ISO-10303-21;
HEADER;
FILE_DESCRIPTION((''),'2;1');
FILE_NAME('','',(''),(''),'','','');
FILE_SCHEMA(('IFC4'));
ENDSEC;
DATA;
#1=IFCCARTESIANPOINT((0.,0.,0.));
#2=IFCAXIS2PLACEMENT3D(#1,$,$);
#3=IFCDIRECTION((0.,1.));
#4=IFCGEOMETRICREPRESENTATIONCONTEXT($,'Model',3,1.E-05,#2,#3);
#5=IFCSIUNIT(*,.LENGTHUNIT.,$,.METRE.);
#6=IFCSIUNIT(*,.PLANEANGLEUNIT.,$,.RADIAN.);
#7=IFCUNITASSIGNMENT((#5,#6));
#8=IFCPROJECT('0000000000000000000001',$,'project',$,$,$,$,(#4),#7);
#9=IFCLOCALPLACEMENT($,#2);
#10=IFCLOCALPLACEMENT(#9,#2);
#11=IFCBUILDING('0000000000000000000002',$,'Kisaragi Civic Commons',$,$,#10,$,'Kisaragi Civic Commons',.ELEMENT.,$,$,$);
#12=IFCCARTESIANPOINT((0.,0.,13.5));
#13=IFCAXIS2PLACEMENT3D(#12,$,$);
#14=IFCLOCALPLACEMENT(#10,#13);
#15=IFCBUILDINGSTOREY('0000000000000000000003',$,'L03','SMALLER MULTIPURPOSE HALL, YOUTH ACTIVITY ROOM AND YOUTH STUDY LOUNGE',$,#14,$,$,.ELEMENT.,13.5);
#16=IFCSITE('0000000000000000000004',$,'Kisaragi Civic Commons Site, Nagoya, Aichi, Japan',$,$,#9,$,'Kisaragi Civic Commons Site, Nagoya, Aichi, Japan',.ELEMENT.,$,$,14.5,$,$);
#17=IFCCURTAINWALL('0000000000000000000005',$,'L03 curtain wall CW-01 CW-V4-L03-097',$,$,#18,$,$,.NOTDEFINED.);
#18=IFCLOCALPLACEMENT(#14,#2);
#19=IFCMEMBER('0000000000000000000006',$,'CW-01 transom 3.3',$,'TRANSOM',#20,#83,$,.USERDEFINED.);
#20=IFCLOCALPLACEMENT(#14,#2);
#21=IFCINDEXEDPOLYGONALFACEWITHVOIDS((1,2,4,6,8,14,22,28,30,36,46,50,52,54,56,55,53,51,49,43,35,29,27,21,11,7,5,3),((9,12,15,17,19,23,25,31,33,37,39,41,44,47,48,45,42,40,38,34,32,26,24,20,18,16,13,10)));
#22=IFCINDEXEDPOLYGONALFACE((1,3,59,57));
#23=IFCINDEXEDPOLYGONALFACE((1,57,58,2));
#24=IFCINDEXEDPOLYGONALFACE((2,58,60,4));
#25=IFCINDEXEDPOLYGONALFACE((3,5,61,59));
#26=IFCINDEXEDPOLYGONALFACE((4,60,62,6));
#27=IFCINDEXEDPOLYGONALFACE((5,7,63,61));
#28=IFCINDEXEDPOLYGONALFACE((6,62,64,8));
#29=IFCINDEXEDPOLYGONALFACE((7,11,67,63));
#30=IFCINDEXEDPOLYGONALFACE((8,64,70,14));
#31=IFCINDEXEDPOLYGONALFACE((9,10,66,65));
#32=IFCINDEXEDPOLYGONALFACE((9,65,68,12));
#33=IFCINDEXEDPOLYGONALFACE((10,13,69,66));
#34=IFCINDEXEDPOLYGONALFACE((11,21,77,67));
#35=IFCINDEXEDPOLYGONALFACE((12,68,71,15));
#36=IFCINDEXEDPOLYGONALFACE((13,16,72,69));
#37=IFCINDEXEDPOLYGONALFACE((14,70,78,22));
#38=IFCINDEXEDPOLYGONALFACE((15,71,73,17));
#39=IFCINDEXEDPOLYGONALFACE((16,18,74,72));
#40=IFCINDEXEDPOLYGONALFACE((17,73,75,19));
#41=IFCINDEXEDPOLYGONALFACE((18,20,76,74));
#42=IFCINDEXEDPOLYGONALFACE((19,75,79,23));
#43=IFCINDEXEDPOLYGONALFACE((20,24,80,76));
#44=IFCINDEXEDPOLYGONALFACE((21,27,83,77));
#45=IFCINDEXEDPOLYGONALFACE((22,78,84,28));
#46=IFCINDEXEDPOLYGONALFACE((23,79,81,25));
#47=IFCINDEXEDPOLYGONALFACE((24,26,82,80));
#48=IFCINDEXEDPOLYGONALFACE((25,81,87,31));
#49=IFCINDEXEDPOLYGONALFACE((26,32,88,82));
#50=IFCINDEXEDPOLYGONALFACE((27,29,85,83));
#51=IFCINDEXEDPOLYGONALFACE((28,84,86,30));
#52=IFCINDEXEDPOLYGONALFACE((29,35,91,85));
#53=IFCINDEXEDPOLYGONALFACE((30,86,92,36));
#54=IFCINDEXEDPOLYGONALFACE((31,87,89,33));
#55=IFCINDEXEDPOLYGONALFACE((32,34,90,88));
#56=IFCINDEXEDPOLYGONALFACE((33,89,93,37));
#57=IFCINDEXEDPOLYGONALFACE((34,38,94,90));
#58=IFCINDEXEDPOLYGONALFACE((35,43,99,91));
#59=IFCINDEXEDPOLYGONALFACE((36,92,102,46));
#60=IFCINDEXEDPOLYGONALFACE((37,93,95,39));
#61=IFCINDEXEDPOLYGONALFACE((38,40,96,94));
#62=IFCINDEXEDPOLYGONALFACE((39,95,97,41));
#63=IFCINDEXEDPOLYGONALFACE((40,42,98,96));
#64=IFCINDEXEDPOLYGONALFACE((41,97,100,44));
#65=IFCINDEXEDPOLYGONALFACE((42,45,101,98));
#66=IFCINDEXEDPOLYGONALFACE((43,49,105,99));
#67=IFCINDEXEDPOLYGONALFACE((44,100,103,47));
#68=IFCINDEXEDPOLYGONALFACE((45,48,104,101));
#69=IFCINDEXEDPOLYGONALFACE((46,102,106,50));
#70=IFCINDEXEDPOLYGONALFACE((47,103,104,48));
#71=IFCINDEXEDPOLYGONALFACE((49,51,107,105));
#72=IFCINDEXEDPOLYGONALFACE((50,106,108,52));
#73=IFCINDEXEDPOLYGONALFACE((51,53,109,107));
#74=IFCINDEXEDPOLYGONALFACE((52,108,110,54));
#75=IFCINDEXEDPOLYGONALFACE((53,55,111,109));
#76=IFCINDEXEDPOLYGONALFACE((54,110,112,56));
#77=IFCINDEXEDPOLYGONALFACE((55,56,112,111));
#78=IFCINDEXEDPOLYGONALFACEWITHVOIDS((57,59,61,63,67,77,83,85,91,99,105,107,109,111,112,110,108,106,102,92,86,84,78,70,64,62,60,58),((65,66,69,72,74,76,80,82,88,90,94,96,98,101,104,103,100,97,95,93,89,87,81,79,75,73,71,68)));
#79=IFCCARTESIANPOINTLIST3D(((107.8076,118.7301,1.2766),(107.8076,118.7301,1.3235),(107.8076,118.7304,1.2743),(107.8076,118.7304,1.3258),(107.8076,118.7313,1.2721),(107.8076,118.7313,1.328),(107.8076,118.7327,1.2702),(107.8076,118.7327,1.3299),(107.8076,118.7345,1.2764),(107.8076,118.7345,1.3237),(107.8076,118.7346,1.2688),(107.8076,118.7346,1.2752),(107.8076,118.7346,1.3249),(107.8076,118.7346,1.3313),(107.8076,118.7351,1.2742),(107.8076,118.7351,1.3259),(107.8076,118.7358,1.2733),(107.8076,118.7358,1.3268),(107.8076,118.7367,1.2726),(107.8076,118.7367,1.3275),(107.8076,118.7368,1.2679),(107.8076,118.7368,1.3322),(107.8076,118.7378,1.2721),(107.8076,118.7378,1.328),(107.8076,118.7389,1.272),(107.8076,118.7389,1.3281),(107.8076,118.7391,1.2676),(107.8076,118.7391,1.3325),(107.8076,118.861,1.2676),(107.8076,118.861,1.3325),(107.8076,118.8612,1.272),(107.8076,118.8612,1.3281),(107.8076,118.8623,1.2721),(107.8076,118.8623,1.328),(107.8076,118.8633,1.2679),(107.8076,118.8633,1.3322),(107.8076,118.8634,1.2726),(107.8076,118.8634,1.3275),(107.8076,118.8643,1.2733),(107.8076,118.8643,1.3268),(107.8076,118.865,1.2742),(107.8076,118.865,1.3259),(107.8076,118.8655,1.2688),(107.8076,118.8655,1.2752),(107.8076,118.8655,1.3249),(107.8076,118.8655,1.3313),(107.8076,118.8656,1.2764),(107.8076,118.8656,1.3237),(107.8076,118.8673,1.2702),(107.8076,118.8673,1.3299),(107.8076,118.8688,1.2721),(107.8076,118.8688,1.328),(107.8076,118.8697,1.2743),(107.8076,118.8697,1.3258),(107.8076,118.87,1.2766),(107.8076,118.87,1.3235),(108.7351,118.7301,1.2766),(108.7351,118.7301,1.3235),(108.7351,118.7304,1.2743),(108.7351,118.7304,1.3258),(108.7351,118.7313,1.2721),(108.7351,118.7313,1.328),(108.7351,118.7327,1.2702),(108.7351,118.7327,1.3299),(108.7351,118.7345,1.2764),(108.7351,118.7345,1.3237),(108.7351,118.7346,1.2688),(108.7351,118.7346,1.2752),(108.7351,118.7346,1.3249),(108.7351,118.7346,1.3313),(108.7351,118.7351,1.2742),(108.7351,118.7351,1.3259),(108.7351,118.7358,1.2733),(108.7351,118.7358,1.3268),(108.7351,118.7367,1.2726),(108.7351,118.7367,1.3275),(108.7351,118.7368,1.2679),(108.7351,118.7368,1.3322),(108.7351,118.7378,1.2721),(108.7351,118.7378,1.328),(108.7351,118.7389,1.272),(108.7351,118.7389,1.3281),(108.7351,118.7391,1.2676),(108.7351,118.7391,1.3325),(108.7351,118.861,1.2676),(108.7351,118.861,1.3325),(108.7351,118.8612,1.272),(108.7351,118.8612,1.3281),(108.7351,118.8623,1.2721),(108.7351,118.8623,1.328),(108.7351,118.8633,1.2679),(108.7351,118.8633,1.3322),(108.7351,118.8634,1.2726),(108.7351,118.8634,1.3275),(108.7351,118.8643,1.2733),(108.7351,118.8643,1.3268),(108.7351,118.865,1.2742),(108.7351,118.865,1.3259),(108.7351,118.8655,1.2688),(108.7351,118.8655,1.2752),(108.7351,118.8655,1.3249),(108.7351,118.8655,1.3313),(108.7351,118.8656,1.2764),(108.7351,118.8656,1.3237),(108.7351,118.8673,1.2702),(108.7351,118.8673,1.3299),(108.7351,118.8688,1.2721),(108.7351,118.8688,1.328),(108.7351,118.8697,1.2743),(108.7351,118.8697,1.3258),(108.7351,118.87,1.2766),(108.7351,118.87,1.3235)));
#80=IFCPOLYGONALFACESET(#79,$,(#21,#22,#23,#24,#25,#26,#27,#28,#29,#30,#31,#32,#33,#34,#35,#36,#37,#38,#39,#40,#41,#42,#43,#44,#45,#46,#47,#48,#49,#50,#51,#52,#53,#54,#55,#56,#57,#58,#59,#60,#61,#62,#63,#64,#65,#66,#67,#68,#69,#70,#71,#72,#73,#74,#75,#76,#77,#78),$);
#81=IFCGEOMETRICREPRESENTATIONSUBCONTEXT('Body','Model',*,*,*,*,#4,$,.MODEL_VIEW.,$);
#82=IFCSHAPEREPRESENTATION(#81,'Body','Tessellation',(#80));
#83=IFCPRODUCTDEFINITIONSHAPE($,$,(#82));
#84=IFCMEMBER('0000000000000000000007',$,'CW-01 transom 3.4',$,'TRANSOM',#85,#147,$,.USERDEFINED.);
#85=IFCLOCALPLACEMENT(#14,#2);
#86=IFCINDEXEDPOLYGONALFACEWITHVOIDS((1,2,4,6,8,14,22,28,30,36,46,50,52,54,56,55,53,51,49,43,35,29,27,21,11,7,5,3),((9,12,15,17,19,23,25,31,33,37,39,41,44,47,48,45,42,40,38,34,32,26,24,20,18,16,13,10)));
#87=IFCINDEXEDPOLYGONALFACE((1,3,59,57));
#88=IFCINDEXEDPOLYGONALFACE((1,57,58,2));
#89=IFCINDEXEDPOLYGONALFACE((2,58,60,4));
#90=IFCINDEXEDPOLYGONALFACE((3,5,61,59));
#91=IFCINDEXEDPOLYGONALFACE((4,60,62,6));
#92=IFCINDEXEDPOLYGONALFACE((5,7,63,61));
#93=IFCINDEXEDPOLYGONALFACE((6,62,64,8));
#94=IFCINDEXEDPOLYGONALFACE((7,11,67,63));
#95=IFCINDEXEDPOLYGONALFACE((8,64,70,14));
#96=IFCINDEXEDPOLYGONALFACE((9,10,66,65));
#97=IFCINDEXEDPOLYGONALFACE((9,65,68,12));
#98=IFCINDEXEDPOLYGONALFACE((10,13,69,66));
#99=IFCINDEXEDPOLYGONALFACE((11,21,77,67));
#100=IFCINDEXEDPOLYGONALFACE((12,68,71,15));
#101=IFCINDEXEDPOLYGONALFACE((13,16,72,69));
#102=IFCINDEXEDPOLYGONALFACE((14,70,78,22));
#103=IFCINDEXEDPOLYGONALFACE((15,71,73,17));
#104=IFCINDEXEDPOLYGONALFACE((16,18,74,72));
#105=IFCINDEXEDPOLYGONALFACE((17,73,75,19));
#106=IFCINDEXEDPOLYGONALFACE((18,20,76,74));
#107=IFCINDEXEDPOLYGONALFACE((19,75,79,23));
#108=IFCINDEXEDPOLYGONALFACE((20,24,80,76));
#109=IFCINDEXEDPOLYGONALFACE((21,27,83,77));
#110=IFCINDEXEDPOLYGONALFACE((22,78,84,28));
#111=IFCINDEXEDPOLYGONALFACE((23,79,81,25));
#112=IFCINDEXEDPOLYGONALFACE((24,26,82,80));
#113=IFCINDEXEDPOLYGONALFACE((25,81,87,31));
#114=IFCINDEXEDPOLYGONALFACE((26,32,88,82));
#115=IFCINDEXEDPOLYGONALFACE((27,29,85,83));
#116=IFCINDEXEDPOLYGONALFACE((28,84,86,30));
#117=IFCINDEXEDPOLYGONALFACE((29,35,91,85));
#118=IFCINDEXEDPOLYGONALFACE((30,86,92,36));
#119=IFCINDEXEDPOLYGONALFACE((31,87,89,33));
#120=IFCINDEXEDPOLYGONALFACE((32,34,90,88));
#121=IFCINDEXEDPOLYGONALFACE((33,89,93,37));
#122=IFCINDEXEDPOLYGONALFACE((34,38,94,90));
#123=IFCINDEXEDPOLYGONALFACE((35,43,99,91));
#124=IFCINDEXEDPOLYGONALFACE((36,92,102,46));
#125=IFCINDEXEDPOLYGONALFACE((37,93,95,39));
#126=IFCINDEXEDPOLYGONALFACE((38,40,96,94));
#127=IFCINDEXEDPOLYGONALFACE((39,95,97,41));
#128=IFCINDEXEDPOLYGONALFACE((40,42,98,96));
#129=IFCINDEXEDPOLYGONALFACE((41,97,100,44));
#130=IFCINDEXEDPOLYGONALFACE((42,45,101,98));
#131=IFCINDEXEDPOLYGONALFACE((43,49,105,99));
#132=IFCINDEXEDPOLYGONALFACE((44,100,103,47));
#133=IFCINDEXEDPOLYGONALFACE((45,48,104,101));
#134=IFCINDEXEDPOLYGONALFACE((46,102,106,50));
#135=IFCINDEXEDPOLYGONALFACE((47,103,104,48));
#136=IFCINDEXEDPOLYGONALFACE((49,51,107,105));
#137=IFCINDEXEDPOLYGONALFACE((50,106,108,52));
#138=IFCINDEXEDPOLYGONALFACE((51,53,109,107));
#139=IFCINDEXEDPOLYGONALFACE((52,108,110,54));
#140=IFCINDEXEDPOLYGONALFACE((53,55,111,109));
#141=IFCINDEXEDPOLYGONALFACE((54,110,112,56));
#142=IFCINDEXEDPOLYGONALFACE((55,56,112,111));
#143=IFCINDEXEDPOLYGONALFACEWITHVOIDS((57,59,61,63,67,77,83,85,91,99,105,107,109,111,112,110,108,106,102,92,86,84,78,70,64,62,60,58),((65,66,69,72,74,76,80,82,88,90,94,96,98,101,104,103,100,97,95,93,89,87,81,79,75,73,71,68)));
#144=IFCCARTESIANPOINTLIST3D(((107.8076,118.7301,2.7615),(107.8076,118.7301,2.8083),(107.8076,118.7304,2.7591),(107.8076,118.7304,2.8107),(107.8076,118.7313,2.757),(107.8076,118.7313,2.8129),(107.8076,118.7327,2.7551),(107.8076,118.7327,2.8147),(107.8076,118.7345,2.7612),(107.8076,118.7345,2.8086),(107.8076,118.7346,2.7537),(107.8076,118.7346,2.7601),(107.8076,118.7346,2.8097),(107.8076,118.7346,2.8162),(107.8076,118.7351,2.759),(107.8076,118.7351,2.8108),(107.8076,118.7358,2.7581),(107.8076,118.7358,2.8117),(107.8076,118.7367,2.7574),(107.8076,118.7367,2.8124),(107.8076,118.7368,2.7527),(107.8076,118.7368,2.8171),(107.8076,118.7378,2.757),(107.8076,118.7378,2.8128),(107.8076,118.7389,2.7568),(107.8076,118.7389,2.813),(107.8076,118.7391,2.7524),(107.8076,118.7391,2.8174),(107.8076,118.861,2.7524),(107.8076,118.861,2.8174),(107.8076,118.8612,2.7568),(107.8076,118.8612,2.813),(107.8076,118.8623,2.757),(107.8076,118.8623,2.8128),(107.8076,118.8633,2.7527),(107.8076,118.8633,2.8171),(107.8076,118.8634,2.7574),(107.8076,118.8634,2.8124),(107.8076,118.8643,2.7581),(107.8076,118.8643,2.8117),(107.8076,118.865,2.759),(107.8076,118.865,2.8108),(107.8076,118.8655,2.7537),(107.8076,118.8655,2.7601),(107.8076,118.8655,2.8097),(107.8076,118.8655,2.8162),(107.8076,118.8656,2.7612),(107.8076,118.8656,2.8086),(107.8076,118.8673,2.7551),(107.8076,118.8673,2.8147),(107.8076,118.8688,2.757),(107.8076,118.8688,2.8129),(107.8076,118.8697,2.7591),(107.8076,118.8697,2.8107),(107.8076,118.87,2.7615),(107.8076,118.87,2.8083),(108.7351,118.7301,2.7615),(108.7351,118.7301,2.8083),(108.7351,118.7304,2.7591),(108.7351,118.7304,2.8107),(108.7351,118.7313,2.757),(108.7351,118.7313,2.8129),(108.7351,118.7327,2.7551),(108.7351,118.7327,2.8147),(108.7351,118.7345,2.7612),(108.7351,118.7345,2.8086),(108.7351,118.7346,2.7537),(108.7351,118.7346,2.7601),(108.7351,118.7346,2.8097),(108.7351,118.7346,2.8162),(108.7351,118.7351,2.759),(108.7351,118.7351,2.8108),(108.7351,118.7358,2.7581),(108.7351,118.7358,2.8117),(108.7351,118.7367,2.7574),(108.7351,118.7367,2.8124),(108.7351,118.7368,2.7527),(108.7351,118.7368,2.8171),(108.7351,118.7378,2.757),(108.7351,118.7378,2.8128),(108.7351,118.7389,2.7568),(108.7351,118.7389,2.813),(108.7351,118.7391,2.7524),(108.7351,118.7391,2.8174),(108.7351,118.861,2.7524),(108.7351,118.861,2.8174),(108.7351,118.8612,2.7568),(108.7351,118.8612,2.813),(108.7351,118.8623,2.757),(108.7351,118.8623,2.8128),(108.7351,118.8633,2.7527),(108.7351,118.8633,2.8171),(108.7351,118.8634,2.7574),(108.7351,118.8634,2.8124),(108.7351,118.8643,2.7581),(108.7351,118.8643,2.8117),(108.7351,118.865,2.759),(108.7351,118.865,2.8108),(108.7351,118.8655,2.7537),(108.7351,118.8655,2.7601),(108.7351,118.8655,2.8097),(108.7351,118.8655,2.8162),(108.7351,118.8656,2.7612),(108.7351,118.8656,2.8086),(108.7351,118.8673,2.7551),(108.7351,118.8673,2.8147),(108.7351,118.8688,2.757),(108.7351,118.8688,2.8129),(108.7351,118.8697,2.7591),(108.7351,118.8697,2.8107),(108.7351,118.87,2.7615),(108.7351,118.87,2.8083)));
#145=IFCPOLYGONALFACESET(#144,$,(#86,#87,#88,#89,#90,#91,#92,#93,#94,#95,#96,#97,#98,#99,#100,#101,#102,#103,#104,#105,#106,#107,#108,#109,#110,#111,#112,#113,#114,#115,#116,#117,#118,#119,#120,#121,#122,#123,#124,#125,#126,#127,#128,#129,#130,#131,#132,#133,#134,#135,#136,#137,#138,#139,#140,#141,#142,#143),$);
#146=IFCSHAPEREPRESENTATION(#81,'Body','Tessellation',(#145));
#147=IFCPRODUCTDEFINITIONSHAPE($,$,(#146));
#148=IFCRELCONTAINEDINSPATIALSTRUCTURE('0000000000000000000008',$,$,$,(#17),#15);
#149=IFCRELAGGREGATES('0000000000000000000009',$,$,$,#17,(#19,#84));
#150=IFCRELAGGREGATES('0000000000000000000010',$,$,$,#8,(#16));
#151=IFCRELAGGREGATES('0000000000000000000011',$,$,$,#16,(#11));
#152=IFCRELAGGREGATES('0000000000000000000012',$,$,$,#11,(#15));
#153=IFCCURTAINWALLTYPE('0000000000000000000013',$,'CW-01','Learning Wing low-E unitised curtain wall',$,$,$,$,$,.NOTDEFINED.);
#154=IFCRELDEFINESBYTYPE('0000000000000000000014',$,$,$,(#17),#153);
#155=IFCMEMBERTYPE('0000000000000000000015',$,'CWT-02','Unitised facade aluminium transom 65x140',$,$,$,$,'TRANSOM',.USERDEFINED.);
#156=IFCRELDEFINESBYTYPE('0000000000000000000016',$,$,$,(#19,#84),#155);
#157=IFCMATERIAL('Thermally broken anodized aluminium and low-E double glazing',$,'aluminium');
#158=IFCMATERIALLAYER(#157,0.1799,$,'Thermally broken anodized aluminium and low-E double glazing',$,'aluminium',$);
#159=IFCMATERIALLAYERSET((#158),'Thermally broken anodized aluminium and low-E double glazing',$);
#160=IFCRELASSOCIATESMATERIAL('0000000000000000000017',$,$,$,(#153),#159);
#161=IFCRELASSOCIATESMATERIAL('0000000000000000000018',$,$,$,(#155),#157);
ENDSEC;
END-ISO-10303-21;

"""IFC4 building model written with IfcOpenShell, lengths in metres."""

from ifc_helpers import new_model, si_unit, direction, frame, origin, origin_2d, place, context, subcontext, project, spatial, hollow_rectangle, extrude, material, layer, layer_set, material_profile, profile_set, type_object, element, aggregate, save


model = new_model("IFC4")

# Units and contexts
model_context = context("Model", 3, precision=1e-05, world=origin(), true_north=direction((0.0, 1.0)))
body_context = subcontext(model_context, "Body", "Model", "MODEL_VIEW")
ifc_project = project(units=[si_unit("LENGTHUNIT", "METRE"), si_unit("PLANEANGLEUNIT", "RADIAN")], contexts=[model_context])

# Site, building, storey
site_placement = place(None, origin())
site = spatial("IfcSite", under=ifc_project, at=site_placement, Name="Kisaragi Civic Commons Site, Nagoya, Aichi, Japan", LongName="Kisaragi Civic Commons Site, Nagoya, Aichi, Japan", CompositionType="ELEMENT", RefElevation=14.5)
building_placement = place(site_placement, origin())
building = spatial("IfcBuilding", under=site, at=building_placement, Name="Kisaragi Civic Commons", LongName="Kisaragi Civic Commons", CompositionType="ELEMENT")
storey_placement = place(building_placement, frame((0.0, 0.0, 13.5)))
storey = spatial("IfcBuildingStorey", under=building, at=storey_placement, Name="L03", Description="SMALLER MULTIPURPOSE HALL, YOUTH ACTIVITY ROOM AND YOUTH STUDY LOUNGE", CompositionType="ELEMENT", Elevation=13.5)

# Curtain wall
ifc_material = material(Name="Thermally broken anodized aluminium and low-E double glazing", Category="aluminium")
ifc_layer_1 = layer(ifc_material, 0.1799, Name="Thermally broken anodized aluminium and low-E double glazing", Category="aluminium")
ifc_layer_set_1 = layer_set([ifc_layer_1], Name="Thermally broken anodized aluminium and low-E double glazing")
curtain_wall_type = type_object("IfcCurtainWallType", Name="CW-01", Description="Learning Wing low-E unitised curtain wall", PredefinedType="NOTDEFINED", material=ifc_layer_set_1)
curtain_wall_1_placement = place(storey_placement, origin())
curtain_wall_1 = element("IfcCurtainWall", 1, at=curtain_wall_1_placement, inside=storey, type_object=curtain_wall_type, Name="L03 curtain wall CW-01 CW-V4-L03-097", PredefinedType="NOTDEFINED")

# Members
ifc_material_profile_1 = material_profile(ifc_material, hollow_rectangle(XDim=0.1399, YDim=0.0649, WallThickness=0.0044, InnerFilletRadius=0.0044, OuterFilletRadius=0.009, at=origin_2d()), Name="CWT-65x140x4.5", Category="aluminium")
ifc_profile_set_1 = profile_set([ifc_material_profile_1], Name="Thermally broken anodized aluminium and low-E double glazing")
member_type_1 = type_object("IfcMemberType", Name="CWT-02", Description="Unitised facade aluminium transom 65x140", ElementType="TRANSOM", PredefinedType="USERDEFINED", material=ifc_profile_set_1)
member_1_placement = place(storey_placement, frame((107.8076, 118.8, 1.3), z_axis=(1.0, 0.0, 0.0), x_axis=(0.0, 1.0, 0.0)))
member_1 = element("IfcMember", 2, at=member_1_placement, type_object=member_type_1, Name="CW-01 transom 3.3", ObjectType="TRANSOM", PredefinedType="USERDEFINED", context=body_context, shape_type="SweptSolid", body=[
    extrude(hollow_rectangle(XDim=0.1399, YDim=0.0649, WallThickness=0.0044, InnerFilletRadius=0.0044, OuterFilletRadius=0.009, at=origin_2d()), origin(), (0.0, 0.0, 1.0), 0.9275),
])
member_2_placement = place(storey_placement, frame((107.8076, 118.8, 2.7849), z_axis=(1.0, 0.0, 0.0), x_axis=(0.0, 1.0, 0.0)))
member_2 = element("IfcMember", 3, at=member_2_placement, type_object=member_type_1, Name="CW-01 transom 3.4", ObjectType="TRANSOM", PredefinedType="USERDEFINED", context=body_context, shape_type="SweptSolid", body=[
    extrude(hollow_rectangle(XDim=0.1399, YDim=0.0649, WallThickness=0.0044, InnerFilletRadius=0.0044, OuterFilletRadius=0.009, at=origin_2d()), origin(), (0.0, 0.0, 1.0), 0.9275),
])

aggregate(curtain_wall_1, [member_1, member_2])

save(model, "model.ifc")
